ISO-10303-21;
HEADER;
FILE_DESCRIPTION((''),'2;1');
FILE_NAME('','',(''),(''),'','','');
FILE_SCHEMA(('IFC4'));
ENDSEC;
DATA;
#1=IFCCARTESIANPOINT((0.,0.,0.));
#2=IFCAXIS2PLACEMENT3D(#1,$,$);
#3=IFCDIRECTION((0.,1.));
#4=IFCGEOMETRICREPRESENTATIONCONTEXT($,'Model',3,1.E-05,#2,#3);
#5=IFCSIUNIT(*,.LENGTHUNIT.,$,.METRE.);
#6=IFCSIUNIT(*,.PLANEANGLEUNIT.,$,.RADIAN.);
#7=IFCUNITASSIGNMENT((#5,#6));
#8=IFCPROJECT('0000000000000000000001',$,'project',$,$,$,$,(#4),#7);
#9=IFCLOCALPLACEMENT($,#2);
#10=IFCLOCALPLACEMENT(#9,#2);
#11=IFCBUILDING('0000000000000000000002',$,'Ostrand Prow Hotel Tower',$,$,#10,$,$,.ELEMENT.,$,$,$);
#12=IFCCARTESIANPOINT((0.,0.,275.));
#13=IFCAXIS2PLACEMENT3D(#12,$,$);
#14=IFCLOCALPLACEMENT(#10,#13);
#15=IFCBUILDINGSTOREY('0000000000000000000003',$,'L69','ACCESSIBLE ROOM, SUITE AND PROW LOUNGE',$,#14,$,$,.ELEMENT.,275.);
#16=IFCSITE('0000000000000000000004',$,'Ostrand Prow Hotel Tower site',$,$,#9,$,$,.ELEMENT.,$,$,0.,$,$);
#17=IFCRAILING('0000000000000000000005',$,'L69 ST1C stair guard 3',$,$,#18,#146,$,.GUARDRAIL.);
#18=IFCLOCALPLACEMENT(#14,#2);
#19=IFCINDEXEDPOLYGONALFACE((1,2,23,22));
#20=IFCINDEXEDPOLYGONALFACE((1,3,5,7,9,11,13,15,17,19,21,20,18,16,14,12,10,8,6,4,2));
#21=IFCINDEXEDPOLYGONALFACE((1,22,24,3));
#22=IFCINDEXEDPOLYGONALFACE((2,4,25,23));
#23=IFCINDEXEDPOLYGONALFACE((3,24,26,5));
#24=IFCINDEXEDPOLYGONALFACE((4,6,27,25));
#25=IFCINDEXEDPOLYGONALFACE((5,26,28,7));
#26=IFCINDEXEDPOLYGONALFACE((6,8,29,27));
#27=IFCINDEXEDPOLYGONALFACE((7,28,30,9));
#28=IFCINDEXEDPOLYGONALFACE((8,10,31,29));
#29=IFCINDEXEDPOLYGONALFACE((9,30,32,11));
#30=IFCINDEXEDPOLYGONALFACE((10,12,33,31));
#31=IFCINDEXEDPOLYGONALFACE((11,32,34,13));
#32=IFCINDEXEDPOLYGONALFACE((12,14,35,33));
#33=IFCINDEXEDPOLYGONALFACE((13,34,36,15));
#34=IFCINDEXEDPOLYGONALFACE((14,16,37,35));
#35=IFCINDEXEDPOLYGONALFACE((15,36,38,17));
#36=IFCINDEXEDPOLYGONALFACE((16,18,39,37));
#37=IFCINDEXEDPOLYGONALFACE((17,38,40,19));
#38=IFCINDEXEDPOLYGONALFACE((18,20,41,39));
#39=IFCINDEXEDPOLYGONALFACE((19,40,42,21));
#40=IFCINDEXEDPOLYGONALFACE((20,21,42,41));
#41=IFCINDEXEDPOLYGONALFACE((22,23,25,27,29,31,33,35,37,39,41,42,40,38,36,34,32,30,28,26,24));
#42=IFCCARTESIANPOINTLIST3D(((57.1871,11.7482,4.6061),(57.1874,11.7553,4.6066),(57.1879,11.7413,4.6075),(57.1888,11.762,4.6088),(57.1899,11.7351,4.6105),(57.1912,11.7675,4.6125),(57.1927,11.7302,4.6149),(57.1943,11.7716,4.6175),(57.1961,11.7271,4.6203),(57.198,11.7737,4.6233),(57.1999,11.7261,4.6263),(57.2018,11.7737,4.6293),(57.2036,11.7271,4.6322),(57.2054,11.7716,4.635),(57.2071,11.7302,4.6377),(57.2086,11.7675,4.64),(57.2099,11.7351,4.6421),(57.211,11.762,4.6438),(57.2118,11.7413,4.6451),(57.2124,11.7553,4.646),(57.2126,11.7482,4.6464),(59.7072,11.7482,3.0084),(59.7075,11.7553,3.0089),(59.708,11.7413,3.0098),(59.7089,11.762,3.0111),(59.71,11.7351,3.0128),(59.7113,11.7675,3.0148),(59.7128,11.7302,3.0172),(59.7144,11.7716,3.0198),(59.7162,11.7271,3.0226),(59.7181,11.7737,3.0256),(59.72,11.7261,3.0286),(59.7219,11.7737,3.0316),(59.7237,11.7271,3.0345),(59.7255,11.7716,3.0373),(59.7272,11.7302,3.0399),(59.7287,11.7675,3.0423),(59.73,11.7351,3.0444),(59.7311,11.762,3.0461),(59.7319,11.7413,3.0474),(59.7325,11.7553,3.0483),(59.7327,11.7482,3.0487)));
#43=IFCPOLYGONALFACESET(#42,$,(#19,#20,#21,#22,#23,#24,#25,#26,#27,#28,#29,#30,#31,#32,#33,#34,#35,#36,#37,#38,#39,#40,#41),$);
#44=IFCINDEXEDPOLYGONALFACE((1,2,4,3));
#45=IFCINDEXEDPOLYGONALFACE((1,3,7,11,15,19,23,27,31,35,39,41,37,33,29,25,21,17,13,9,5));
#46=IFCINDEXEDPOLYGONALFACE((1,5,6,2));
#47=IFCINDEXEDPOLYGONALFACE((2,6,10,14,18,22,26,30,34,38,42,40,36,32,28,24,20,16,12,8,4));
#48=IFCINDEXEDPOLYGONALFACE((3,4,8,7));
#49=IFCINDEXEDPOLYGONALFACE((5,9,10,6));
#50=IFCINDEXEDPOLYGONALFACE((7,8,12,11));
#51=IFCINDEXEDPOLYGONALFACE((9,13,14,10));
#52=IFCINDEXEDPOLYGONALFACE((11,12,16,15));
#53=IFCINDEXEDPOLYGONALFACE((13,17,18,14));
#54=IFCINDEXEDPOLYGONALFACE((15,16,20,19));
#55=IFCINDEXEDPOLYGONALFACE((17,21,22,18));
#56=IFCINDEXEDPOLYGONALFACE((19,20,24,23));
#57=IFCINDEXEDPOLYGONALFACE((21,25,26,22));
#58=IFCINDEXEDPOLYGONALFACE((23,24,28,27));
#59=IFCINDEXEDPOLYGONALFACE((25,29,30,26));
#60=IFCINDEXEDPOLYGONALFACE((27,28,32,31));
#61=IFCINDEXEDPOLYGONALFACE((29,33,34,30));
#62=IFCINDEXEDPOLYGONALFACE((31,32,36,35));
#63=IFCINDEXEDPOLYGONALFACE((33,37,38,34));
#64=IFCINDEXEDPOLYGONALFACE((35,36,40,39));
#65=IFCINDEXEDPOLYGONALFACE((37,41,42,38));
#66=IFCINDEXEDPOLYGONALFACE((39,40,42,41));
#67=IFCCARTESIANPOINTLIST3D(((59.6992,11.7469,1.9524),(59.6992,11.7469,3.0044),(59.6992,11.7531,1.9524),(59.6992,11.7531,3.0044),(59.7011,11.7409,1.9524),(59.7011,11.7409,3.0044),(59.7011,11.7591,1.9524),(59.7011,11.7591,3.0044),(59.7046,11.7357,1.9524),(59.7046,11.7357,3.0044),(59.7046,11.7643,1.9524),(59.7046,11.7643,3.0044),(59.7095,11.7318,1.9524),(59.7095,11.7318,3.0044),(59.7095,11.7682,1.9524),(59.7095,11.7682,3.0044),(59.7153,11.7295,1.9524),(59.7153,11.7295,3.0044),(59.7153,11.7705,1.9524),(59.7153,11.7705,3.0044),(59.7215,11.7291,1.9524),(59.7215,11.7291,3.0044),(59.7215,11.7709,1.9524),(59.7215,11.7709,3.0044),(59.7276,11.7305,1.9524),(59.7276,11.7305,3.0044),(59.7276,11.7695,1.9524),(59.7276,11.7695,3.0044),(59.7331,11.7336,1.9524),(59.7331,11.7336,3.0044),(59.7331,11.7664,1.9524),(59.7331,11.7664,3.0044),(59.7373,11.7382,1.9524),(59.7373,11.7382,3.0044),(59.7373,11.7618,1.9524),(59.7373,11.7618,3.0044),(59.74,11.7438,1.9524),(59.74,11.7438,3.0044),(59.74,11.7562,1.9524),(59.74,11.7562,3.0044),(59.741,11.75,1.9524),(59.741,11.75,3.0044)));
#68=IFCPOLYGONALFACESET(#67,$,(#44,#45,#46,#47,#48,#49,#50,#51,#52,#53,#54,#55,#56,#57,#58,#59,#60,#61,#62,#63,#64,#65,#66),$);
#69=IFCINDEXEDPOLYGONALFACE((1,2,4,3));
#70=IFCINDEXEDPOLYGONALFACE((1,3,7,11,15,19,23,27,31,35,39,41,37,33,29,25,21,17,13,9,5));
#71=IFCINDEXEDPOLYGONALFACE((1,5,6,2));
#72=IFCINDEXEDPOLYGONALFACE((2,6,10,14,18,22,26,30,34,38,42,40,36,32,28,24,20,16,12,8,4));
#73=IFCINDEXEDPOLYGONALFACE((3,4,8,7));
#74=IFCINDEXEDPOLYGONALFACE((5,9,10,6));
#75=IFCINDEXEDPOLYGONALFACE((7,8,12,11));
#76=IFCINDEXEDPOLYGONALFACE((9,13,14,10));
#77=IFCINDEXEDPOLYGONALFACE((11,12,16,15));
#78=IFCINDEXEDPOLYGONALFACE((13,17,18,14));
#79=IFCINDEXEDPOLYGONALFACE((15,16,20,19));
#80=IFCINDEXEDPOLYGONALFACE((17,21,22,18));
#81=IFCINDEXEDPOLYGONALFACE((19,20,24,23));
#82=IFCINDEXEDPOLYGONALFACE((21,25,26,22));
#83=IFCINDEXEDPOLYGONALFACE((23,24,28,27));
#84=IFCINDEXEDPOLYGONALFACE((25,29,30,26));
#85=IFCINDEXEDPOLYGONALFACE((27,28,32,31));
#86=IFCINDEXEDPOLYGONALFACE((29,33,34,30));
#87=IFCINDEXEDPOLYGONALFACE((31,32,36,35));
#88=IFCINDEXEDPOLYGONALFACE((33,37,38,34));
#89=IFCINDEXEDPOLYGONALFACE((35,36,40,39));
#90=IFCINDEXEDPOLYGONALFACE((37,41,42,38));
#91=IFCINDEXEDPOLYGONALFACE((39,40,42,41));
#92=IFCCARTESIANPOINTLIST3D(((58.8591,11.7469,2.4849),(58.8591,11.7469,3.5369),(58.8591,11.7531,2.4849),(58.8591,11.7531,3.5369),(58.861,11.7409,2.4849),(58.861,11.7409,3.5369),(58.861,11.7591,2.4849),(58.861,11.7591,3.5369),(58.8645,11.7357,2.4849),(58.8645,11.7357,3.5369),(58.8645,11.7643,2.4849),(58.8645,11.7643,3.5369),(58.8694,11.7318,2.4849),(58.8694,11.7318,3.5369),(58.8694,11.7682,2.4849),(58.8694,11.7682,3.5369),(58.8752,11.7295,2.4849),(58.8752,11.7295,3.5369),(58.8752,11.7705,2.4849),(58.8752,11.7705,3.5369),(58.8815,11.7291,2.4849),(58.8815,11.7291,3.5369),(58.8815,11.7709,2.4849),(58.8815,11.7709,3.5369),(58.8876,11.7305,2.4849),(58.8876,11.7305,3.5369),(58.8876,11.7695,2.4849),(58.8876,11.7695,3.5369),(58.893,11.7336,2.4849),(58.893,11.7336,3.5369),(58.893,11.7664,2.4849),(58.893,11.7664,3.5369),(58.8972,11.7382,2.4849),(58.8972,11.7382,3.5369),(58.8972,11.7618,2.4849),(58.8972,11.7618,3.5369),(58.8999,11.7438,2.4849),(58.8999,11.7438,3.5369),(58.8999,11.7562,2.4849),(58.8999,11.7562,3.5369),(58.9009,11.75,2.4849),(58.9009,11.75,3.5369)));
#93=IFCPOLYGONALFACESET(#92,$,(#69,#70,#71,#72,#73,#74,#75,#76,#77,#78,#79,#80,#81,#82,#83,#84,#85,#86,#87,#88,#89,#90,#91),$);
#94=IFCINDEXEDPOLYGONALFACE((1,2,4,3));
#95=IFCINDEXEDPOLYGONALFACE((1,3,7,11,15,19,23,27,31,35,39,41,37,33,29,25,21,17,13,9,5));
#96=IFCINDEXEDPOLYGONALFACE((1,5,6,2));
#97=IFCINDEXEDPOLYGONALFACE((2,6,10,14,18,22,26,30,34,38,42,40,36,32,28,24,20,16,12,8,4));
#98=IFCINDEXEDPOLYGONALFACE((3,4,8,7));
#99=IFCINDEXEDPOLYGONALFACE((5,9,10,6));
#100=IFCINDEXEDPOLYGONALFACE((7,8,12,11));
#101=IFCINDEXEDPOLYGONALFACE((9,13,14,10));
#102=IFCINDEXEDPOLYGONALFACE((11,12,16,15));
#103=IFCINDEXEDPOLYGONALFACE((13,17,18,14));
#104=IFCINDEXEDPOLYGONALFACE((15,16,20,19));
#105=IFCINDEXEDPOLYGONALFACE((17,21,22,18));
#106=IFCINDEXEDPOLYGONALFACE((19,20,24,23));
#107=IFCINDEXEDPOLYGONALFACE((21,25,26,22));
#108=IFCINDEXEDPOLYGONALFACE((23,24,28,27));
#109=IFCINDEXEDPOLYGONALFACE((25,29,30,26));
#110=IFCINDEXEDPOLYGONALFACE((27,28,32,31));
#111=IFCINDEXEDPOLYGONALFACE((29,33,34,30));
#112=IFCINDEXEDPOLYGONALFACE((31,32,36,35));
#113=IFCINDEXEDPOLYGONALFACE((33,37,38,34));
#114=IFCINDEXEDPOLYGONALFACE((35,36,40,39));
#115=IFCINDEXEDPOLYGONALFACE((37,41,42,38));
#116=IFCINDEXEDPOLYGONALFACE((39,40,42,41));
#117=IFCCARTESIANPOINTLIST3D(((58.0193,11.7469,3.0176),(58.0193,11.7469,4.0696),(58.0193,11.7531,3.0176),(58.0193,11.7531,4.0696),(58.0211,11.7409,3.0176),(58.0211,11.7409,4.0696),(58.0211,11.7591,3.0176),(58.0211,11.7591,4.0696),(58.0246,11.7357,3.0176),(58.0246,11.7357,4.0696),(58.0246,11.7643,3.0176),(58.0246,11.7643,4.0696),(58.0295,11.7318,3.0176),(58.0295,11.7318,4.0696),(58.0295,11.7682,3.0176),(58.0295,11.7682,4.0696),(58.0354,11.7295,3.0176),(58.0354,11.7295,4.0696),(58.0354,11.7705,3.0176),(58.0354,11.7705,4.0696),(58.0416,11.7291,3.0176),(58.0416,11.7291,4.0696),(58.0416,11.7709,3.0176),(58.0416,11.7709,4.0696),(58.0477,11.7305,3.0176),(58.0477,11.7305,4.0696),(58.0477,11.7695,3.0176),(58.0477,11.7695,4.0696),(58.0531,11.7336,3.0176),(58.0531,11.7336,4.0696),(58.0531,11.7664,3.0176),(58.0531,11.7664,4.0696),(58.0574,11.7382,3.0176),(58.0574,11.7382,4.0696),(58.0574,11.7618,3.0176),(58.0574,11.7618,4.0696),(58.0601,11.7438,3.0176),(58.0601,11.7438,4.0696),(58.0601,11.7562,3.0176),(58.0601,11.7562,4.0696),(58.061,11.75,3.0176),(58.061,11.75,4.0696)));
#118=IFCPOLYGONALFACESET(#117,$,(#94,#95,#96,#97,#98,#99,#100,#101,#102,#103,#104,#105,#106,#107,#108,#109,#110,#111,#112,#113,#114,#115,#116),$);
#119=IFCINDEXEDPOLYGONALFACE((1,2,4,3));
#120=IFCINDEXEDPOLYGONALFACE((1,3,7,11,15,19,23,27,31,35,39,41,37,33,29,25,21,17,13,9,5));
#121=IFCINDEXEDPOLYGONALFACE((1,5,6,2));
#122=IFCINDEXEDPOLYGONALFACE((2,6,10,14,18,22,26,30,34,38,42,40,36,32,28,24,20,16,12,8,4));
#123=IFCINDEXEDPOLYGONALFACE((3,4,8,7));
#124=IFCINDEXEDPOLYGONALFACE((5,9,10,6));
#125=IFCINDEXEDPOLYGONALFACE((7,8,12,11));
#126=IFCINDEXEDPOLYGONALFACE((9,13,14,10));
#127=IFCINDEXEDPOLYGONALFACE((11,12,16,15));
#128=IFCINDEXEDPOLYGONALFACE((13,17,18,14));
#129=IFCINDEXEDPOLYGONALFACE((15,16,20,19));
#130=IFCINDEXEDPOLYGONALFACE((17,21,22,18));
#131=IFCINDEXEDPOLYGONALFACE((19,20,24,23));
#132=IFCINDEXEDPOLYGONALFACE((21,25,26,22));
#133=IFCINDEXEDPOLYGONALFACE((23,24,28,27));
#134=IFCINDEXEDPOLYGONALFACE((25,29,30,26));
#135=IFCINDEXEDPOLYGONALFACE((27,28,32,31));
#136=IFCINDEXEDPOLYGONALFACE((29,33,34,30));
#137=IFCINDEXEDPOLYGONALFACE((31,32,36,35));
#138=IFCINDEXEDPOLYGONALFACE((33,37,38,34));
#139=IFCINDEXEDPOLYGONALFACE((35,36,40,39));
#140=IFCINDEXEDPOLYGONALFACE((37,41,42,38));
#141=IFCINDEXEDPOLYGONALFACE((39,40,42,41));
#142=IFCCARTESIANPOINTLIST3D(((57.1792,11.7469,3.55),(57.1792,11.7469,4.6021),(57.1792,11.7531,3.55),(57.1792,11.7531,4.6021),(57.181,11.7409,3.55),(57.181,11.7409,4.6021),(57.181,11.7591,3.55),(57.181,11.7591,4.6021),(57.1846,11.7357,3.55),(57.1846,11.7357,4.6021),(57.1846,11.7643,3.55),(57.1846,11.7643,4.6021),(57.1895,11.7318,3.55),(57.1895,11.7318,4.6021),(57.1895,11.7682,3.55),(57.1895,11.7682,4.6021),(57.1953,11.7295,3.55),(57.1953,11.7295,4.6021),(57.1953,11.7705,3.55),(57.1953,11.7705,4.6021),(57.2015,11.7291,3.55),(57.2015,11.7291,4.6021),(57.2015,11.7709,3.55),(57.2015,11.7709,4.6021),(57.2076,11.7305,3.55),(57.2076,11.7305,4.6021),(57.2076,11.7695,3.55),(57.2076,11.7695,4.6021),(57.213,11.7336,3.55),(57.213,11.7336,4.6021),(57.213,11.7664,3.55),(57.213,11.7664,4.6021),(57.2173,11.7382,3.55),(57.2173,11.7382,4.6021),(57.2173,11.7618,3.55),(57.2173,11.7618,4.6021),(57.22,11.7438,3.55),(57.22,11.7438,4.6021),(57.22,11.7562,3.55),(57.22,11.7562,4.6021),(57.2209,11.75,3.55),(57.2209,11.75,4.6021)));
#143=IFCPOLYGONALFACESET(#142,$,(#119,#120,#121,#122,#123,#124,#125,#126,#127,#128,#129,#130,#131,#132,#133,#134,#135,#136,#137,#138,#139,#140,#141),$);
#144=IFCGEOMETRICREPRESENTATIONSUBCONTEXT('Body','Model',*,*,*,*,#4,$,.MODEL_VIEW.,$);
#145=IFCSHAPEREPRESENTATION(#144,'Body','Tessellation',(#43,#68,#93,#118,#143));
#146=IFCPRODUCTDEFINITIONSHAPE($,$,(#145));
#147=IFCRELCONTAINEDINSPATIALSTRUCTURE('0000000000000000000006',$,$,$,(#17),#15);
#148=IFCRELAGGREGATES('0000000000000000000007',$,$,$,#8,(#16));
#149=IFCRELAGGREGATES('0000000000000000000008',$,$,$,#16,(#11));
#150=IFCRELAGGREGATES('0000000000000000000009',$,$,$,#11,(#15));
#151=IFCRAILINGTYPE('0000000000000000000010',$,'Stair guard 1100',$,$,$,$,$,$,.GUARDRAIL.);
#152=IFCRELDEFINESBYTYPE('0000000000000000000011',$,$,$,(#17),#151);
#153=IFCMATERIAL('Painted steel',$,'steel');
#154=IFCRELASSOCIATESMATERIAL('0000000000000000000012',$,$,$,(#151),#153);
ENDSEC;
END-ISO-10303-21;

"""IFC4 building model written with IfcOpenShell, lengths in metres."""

from ifc_helpers import new_model, si_unit, direction, frame, origin, origin_2d, place, context, subcontext, project, spatial, circle, extrude, material, type_object, element, save


model = new_model("IFC4")

# Units and contexts
model_context = context("Model", 3, precision=1e-05, world=origin(), true_north=direction((0.0, 1.0)))
body_context = subcontext(model_context, "Body", "Model", "MODEL_VIEW")
ifc_project = project(units=[si_unit("LENGTHUNIT", "METRE"), si_unit("PLANEANGLEUNIT", "RADIAN")], contexts=[model_context])

# Site, building, storey
site_placement = place(None, origin())
site = spatial("IfcSite", under=ifc_project, at=site_placement, Name="Ostrand Prow Hotel Tower site", CompositionType="ELEMENT", RefElevation=0.0)
building_placement = place(site_placement, origin())
building = spatial("IfcBuilding", under=site, at=building_placement, Name="Ostrand Prow Hotel Tower", CompositionType="ELEMENT")
storey_placement = place(building_placement, frame((0.0, 0.0, 275.0)))
storey = spatial("IfcBuildingStorey", under=building, at=storey_placement, Name="L69", Description="ACCESSIBLE ROOM, SUITE AND PROW LOUNGE", CompositionType="ELEMENT", Elevation=275.0)

# Railing
ifc_material_1 = material(Name="Painted steel", Category="steel")
railing_type_1 = type_object("IfcRailingType", Name="Stair guard 1100", PredefinedType="GUARDRAIL", material=ifc_material_1)
railing_1_placement = place(storey_placement, frame((59.72, 11.75, 1.9524)))
element("IfcRailing", 1, at=railing_1_placement, inside=storey, type_object=railing_type_1, Name="L69 ST1C stair guard 3", PredefinedType="GUARDRAIL", context=body_context, shape_type="SweptSolid", body=[
    extrude(circle(Radius=0.0239, at=origin_2d()), frame((0.0, 0.0, 1.0762), z_axis=(-0.84457, 0.0, 0.535445), x_axis=(0.0, -1.0, 0.0)), (0.0, 0.0, 1.0), 2.9839),
    extrude(circle(Radius=0.021, at=origin_2d()), origin(), (0.0, 0.0, 1.0), 1.052),
    extrude(circle(Radius=0.021, at=origin_2d()), frame((-0.8401, 0.0, 0.5325)), (0.0, 0.0, 1.0), 1.052),
    extrude(circle(Radius=0.021, at=origin_2d()), frame((-1.6799, 0.0, 1.0652)), (0.0, 0.0, 1.0), 1.052),
    extrude(circle(Radius=0.021, at=origin_2d()), frame((-2.52, 0.0, 1.5977)), (0.0, 0.0, 1.0), 1.052),
])

save(model, "model.ifc")
